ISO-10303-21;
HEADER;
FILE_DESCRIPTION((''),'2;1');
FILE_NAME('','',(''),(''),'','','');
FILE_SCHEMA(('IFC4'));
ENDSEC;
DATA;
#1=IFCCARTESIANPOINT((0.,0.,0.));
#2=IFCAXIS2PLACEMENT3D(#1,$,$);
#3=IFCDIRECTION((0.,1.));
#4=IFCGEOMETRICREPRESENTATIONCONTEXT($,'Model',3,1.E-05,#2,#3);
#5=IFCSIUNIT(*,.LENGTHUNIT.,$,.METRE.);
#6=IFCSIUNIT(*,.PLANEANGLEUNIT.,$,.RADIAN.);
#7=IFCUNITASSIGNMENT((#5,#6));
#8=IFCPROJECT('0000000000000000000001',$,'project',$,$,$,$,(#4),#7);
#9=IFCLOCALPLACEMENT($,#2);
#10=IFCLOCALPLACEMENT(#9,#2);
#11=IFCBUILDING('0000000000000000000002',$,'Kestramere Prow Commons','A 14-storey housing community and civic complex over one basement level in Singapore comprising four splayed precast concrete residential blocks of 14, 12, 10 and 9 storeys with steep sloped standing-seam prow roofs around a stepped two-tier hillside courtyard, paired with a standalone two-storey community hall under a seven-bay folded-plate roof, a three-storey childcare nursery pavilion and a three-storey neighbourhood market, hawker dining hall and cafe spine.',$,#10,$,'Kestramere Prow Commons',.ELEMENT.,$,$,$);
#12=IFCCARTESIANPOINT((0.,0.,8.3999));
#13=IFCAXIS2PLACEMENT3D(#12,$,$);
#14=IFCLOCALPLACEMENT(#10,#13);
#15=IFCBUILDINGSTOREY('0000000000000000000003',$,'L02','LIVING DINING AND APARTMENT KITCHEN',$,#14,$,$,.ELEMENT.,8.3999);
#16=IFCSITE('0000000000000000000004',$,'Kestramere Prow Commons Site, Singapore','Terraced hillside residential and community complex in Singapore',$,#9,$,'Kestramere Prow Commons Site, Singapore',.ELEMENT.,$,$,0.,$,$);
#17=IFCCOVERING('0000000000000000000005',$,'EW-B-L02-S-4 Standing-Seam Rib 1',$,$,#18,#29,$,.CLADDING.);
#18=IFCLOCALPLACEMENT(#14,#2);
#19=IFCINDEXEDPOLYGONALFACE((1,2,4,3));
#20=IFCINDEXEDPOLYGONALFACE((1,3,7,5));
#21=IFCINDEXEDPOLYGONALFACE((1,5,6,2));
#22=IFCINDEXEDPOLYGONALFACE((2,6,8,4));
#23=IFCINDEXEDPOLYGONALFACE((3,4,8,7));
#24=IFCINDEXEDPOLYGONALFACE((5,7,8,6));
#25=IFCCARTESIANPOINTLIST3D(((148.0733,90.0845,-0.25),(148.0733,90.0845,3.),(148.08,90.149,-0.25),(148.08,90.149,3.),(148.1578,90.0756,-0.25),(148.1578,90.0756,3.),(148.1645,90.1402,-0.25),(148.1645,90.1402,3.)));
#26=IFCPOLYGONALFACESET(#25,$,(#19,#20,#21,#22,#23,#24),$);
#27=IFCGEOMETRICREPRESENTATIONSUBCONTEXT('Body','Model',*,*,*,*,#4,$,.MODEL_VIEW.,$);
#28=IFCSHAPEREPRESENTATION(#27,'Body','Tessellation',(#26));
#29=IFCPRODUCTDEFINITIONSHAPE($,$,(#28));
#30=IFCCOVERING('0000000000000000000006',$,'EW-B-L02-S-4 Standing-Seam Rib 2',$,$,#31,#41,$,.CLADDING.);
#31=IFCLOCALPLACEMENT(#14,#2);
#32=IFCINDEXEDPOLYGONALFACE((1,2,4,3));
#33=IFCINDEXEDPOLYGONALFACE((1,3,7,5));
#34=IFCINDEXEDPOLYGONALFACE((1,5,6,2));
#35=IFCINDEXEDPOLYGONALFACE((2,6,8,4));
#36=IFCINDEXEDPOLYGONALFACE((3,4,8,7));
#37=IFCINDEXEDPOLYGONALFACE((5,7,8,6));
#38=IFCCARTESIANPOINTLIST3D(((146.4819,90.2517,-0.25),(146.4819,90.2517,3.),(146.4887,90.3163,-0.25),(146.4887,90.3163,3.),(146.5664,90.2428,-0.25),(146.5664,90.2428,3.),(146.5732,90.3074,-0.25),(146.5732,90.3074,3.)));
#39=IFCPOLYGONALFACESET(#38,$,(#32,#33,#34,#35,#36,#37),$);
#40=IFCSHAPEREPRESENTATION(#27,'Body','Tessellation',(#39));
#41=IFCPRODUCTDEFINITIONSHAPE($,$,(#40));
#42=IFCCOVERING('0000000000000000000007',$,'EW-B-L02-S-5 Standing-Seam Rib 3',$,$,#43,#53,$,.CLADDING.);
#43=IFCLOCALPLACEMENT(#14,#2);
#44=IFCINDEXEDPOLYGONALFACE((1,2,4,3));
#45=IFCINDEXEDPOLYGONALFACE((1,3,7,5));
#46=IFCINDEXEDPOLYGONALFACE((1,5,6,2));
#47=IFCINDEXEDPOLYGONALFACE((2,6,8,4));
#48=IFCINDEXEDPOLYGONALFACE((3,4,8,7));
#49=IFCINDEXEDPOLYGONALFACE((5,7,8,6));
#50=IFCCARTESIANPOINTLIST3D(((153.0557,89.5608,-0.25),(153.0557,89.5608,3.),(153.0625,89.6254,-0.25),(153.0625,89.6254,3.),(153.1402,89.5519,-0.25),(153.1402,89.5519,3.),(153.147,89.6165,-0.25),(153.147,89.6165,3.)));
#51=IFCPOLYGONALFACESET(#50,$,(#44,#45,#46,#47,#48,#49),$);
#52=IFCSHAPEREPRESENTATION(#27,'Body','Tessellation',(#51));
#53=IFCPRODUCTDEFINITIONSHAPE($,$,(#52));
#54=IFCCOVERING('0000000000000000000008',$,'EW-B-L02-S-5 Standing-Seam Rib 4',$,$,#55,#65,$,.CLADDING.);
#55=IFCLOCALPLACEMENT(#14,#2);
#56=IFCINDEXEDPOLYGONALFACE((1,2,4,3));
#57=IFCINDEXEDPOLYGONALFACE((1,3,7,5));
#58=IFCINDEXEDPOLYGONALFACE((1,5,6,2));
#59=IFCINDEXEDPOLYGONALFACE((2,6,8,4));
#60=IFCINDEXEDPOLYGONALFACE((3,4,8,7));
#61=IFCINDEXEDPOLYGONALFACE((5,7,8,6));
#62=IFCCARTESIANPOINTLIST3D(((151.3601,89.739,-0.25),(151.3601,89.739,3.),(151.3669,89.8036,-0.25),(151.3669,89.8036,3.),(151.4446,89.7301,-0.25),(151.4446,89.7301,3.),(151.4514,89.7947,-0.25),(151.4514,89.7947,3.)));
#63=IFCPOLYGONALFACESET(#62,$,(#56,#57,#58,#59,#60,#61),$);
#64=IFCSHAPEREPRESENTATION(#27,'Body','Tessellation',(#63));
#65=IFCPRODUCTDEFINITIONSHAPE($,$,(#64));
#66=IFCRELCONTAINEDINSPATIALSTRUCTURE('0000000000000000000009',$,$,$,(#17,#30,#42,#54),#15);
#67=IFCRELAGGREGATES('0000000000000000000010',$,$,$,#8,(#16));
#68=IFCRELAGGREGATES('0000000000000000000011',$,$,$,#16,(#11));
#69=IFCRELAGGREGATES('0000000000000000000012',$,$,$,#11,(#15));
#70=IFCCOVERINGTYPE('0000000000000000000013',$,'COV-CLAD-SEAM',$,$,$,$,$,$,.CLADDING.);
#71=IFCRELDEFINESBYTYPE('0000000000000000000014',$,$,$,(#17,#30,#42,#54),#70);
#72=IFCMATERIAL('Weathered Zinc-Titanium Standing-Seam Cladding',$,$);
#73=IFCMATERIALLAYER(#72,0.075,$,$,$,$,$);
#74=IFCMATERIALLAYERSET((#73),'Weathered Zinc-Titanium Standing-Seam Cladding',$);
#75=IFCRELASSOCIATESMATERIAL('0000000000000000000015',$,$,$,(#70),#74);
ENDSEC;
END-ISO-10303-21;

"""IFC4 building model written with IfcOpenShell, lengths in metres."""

from ifc_helpers import new_model, si_unit, direction, frame, origin, origin_2d, place, context, subcontext, project, spatial, rectangle, extrude, material, layer, layer_set, type_object, element, save


model = new_model("IFC4")

# Units and contexts
model_context = context("Model", 3, precision=1e-05, world=origin(), true_north=direction((0.0, 1.0)))
body_context = subcontext(model_context, "Body", "Model", "MODEL_VIEW")
ifc_project = project(units=[si_unit("LENGTHUNIT", "METRE"), si_unit("PLANEANGLEUNIT", "RADIAN")], contexts=[model_context])

# Site, building, storey
site_placement = place(None, origin())
site = spatial("IfcSite", under=ifc_project, at=site_placement, Name="Kestramere Prow Commons Site, Singapore", Description="Terraced hillside residential and community complex in Singapore", LongName="Kestramere Prow Commons Site, Singapore", CompositionType="ELEMENT", RefElevation=0.0)
building_placement = place(site_placement, origin())
building = spatial("IfcBuilding", under=site, at=building_placement, Name="Kestramere Prow Commons", Description="A 14-storey housing community and civic complex over one basement level in Singapore comprising four splayed precast concrete residential blocks of 14, 12, 10 and 9 storeys with steep sloped standing-seam prow roofs around a stepped two-tier hillside courtyard, paired with a standalone two-storey community hall under a seven-bay folded-plate roof, a three-storey childcare nursery pavilion and a three-storey neighbourhood market, hawker dining hall and cafe spine.", LongName="Kestramere Prow Commons", CompositionType="ELEMENT")
storey_placement = place(building_placement, frame((0.0, 0.0, 8.3999)))
storey = spatial("IfcBuildingStorey", under=building, at=storey_placement, Name="L02", Description="LIVING DINING AND APARTMENT KITCHEN", CompositionType="ELEMENT", Elevation=8.3999)

# Coverings
ifc_material_1 = material(Name="Weathered Zinc-Titanium Standing-Seam Cladding")
ifc_layer_1 = layer(ifc_material_1, 0.075)
ifc_layer_set_1 = layer_set([ifc_layer_1], Name="Weathered Zinc-Titanium Standing-Seam Cladding")
covering_type = type_object("IfcCoveringType", Name="COV-CLAD-SEAM", PredefinedType="CLADDING", material=ifc_layer_set_1)
for number, where, z_axis, x_axis, name in (
    (1, (148.1189, 90.1123, -0.25), (0.0, 0.0, 1.0), (-0.994522, 0.104528, 0.0), "EW-B-L02-S-4 Standing-Seam Rib 1"),
    (2, (146.5276, 90.2795, -0.25), (0.0, 0.0, 1.0), (-0.994522, 0.104528, 0.0), "EW-B-L02-S-4 Standing-Seam Rib 2"),
    (3, (153.1013, 89.5886, -0.25), (0.0, 0.0, 1.0), (-0.994522, 0.104528, 0.0), "EW-B-L02-S-5 Standing-Seam Rib 3"),
    (4, (151.4058, 89.7668, -0.25), (0.0, 0.0, 1.0), (-0.994522, 0.104528, 0.0), "EW-B-L02-S-5 Standing-Seam Rib 4"),
):
    element("IfcCovering", number, at=place(storey_placement, frame(where, z_axis=z_axis, x_axis=x_axis)), inside=storey, type_object=covering_type, Name=name, PredefinedType="CLADDING", context=body_context, shape_type="SweptSolid", body=[
        extrude(rectangle(XDim=0.085, YDim=0.0649, at=origin_2d()), origin(), (0.0, 0.0, 1.0), 3.25),
    ])

save(model, "model.ifc")
